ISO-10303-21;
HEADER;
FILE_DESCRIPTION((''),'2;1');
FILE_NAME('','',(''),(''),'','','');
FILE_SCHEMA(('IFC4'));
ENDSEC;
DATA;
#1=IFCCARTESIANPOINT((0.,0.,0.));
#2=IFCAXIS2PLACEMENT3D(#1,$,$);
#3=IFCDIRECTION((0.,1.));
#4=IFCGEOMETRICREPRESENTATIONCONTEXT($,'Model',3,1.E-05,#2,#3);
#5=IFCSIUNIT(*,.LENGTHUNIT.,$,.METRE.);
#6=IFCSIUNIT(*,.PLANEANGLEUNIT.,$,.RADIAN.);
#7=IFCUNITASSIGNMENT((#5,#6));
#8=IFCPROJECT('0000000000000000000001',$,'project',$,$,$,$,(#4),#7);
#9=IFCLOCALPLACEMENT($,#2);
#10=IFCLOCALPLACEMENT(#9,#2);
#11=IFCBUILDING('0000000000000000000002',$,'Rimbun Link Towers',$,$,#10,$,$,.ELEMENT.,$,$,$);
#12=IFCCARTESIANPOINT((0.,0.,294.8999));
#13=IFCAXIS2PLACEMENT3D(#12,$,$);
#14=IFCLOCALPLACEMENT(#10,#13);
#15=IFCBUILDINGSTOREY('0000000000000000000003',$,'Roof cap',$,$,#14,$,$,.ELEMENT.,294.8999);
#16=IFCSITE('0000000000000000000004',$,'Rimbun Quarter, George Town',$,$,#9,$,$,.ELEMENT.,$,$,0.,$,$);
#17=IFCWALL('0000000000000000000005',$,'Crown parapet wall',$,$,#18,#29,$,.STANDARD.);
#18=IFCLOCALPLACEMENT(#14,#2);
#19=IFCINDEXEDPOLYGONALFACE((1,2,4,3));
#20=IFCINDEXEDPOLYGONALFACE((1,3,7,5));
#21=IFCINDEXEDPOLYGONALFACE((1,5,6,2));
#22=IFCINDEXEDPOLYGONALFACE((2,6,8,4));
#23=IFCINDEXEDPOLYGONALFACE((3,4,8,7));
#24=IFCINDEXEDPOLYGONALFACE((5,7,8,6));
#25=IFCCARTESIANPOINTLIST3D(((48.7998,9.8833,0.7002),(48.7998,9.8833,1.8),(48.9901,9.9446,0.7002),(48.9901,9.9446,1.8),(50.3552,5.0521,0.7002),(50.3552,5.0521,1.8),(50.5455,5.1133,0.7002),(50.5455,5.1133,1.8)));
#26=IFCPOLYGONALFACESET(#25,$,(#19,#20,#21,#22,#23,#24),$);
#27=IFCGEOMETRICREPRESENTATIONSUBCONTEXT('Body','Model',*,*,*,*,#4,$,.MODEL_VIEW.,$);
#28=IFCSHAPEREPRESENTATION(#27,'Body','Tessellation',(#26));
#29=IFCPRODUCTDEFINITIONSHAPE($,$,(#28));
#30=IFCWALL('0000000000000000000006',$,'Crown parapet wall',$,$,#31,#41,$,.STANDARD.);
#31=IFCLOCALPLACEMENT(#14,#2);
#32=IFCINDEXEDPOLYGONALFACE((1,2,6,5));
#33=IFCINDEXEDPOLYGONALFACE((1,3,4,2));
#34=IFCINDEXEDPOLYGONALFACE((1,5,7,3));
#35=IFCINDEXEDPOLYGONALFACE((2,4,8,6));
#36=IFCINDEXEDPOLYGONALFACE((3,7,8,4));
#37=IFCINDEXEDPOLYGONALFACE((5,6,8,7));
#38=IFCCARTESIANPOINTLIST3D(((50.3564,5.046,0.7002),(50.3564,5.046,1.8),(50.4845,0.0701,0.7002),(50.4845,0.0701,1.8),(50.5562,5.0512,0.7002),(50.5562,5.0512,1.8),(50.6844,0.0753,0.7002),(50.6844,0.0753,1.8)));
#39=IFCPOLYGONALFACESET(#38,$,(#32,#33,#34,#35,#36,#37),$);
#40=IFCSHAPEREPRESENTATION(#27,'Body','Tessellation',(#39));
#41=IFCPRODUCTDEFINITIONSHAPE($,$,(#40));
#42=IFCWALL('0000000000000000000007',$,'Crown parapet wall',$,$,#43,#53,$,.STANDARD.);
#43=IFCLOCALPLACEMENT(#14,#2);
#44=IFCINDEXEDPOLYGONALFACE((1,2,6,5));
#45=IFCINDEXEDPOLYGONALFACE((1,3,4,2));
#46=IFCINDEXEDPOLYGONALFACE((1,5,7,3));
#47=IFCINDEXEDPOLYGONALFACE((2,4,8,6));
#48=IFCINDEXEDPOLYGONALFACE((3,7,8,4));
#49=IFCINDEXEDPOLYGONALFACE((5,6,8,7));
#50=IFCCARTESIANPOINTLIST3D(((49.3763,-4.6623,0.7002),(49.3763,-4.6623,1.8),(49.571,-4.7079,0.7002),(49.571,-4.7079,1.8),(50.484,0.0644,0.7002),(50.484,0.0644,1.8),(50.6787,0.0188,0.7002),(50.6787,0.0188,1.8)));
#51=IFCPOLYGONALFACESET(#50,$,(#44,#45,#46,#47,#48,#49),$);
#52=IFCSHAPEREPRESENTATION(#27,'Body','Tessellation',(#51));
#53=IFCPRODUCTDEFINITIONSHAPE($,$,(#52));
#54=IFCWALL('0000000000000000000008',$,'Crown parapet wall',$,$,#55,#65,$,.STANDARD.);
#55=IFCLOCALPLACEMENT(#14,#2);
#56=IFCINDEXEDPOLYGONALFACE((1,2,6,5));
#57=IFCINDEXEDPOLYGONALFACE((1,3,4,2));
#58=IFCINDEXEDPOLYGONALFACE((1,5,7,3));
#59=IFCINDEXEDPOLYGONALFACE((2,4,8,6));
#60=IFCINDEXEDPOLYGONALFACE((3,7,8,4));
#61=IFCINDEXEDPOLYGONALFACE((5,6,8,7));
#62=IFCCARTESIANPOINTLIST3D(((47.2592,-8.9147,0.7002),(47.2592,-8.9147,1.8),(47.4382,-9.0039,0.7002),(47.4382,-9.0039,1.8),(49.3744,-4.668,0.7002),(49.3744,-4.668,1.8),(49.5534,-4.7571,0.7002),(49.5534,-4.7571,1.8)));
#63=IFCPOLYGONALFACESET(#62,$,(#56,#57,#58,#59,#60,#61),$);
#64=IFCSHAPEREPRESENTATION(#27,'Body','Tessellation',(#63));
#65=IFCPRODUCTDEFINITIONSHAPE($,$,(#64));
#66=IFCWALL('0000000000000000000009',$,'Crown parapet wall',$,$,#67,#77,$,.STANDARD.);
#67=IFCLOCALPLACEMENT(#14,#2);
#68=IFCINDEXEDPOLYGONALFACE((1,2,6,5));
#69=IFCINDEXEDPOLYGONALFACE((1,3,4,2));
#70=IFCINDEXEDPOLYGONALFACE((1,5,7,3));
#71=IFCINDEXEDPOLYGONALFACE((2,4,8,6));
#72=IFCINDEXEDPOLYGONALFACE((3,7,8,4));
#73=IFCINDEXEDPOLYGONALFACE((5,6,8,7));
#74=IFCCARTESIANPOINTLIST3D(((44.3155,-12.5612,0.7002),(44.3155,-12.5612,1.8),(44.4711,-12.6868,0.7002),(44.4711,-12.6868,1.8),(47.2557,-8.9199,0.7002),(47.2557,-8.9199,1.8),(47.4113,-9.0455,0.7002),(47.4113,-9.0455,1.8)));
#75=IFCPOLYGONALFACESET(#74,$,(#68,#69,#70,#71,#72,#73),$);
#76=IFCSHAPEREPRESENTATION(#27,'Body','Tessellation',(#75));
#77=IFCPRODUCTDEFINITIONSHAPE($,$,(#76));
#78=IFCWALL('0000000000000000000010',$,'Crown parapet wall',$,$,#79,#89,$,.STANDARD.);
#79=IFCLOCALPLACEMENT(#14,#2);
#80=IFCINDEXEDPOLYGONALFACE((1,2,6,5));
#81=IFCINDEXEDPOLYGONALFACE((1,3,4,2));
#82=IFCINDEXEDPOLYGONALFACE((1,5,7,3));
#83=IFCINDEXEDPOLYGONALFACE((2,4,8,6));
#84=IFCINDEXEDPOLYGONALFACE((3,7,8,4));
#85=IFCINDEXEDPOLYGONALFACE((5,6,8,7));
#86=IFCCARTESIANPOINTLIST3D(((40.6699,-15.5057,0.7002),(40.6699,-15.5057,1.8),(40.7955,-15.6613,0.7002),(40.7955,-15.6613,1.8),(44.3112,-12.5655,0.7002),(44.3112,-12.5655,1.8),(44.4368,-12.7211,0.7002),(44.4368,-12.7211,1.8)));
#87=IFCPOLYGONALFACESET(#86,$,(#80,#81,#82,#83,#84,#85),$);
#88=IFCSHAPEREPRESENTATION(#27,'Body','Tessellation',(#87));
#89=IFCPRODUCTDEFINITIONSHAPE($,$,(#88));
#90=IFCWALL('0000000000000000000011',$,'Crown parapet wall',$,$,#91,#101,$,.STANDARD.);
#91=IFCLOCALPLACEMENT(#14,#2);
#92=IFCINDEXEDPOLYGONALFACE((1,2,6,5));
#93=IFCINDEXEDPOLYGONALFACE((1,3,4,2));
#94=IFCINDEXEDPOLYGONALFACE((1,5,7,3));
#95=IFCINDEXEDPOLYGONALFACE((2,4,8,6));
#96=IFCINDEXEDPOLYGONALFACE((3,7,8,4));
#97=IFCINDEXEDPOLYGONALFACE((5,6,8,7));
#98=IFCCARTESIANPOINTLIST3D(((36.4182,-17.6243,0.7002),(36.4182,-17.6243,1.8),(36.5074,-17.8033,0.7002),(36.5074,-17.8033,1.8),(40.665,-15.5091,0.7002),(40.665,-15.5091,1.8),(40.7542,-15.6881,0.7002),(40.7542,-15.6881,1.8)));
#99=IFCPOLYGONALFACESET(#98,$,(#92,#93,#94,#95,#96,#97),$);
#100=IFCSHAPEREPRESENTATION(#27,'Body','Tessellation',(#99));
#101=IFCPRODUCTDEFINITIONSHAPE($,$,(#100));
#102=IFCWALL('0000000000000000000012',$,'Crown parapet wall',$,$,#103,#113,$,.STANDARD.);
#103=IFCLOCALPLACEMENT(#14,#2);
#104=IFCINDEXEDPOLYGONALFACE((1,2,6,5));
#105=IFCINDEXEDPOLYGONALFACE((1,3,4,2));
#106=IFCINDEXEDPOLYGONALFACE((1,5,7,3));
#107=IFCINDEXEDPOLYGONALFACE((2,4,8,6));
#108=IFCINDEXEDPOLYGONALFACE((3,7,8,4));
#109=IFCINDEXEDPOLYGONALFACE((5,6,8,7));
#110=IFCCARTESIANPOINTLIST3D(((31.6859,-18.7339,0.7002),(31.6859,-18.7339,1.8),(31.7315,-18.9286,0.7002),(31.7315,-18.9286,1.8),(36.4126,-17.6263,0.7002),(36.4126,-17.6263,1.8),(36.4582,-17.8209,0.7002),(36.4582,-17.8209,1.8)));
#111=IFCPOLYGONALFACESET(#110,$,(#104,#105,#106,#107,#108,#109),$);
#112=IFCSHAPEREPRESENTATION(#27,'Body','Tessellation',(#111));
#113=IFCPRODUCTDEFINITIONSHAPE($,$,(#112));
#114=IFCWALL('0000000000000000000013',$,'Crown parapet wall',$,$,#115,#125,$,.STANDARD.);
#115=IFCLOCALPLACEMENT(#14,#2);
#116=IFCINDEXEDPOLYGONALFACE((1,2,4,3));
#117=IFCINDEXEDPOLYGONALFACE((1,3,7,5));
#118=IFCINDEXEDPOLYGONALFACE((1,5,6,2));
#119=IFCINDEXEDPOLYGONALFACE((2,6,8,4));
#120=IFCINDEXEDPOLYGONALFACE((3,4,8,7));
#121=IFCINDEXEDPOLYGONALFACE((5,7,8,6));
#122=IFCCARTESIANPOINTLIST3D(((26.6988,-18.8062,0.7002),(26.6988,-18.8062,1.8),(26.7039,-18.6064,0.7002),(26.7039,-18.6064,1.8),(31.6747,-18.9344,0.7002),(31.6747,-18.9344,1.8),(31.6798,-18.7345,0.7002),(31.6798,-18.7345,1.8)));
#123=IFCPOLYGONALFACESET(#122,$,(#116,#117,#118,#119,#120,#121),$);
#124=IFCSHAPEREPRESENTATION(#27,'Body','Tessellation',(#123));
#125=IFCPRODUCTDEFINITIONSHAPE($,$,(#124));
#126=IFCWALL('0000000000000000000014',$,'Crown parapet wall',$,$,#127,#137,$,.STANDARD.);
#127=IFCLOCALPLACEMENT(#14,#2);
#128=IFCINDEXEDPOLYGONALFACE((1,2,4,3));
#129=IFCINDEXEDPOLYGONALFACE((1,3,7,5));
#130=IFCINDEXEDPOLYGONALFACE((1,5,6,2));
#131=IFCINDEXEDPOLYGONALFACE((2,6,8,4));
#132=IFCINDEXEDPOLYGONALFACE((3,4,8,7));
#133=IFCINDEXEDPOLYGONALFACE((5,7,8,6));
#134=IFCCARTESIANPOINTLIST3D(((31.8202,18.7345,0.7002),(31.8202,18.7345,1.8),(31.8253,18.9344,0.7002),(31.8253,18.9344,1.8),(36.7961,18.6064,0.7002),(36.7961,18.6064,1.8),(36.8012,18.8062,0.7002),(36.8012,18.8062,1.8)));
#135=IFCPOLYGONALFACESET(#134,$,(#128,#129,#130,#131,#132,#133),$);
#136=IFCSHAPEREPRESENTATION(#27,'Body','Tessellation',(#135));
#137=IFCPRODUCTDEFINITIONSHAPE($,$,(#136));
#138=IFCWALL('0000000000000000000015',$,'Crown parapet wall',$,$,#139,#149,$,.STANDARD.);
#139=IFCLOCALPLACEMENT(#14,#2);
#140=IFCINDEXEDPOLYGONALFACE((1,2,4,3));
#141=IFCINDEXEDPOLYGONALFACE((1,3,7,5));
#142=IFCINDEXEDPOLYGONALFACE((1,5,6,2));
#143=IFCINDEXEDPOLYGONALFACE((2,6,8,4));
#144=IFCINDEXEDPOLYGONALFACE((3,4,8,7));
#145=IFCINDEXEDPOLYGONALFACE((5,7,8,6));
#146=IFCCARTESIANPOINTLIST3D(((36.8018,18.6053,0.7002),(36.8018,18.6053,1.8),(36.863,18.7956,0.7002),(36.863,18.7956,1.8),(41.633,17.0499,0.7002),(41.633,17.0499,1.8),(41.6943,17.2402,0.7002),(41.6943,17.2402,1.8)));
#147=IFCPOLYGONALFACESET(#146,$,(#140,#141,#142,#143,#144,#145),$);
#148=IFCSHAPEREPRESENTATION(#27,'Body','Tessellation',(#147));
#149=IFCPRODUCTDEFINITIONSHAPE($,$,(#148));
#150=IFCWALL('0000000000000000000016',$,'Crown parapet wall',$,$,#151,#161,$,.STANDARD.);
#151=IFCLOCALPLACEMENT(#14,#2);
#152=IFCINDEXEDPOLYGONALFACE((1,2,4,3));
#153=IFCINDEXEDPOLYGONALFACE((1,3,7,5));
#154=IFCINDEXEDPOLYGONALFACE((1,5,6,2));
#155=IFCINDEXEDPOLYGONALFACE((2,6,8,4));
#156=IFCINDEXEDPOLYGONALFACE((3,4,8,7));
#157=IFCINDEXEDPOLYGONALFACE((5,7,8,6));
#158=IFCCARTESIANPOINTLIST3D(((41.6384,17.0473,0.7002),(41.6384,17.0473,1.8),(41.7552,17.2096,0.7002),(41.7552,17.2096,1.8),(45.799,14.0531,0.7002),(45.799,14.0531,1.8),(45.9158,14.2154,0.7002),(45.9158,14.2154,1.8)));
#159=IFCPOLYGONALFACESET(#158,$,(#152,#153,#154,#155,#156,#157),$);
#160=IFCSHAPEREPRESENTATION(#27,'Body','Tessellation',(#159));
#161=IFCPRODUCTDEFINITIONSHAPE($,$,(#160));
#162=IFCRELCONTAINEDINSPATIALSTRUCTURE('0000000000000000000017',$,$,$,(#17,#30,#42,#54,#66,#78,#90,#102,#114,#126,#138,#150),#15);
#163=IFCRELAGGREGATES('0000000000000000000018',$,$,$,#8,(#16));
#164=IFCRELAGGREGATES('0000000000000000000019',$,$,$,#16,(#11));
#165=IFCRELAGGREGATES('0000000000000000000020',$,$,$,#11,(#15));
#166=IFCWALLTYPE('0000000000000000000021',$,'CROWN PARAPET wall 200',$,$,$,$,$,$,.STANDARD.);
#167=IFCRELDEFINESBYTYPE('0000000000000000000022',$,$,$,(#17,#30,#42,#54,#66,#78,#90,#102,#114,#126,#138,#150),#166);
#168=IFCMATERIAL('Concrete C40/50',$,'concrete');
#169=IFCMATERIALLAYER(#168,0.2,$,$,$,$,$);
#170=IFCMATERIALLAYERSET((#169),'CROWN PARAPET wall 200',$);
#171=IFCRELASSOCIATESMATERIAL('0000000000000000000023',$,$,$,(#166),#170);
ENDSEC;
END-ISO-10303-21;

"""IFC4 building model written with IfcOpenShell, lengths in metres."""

from ifc_helpers import new_model, si_unit, direction, frame, frame_2d, origin, place, context, subcontext, project, spatial, rectangle, extrude, material, layer, layer_set, type_object, element, save


model = new_model("IFC4")

# Units and contexts
model_context = context("Model", 3, precision=1e-05, world=origin(), true_north=direction((0.0, 1.0)))
body_context = subcontext(model_context, "Body", "Model", "MODEL_VIEW")
ifc_project = project(units=[si_unit("LENGTHUNIT", "METRE"), si_unit("PLANEANGLEUNIT", "RADIAN")], contexts=[model_context])

# Site, building, storey
site_placement = place(None, origin())
site = spatial("IfcSite", under=ifc_project, at=site_placement, Name="Rimbun Quarter, George Town", CompositionType="ELEMENT", RefElevation=0.0)
building_placement = place(site_placement, origin())
building = spatial("IfcBuilding", under=site, at=building_placement, Name="Rimbun Link Towers", CompositionType="ELEMENT")
storey_placement = place(building_placement, frame((0.0, 0.0, 294.8999)))
storey = spatial("IfcBuildingStorey", under=building, at=storey_placement, Name="Roof cap", CompositionType="ELEMENT", Elevation=294.8999)

# Walls
ifc_material_1 = material(Name="Concrete C40/50", Category="concrete")
ifc_layer = layer(ifc_material_1, 0.2)
ifc_layer_set = layer_set([ifc_layer], Name="CROWN PARAPET wall 200")
wall_type = type_object("IfcWallType", Name="CROWN PARAPET wall 200", PredefinedType="STANDARD", material=ifc_layer_set)
wall_1_placement = place(storey_placement, frame((48.895, 9.9138, 0.7002), z_axis=(0.0, 0.0, 1.0), x_axis=(0.306456, -0.951885, 0.0)))
element("IfcWall", 1, at=wall_1_placement, inside=storey, type_object=wall_type, Name="Crown parapet wall", PredefinedType="STANDARD", context=body_context, shape_type="SweptSolid", body=[
    extrude(rectangle(XDim=5.0754, YDim=0.2, at=frame_2d((2.5376, 0.0))), origin(), (0.0, 0.0, 1.0), 1.0999),
])
wall_2_placement = place(storey_placement, frame((50.4563, 5.0486, 0.7002), z_axis=(0.0, 0.0, 1.0), x_axis=(0.025751, -0.999668, 0.0)))
element("IfcWall", 2, at=wall_2_placement, inside=storey, type_object=wall_type, Name="Crown parapet wall", PredefinedType="STANDARD", context=body_context, shape_type="SweptSolid", body=[
    extrude(rectangle(XDim=4.9775, YDim=0.2, at=frame_2d((2.4888, 0.0))), origin(), (0.0, 0.0, 1.0), 1.0999),
])
wall_3_placement = place(storey_placement, frame((50.5813, 0.0415, 0.7002), z_axis=(0.0, 0.0, 1.0), x_axis=(-0.228156, -0.973625, 0.0)))
element("IfcWall", 3, at=wall_3_placement, inside=storey, type_object=wall_type, Name="Crown parapet wall", PredefinedType="STANDARD", context=body_context, shape_type="SweptSolid", body=[
    extrude(rectangle(XDim=4.8547, YDim=0.2, at=frame_2d((2.4272, 0.0))), origin(), (0.0, 0.0, 1.0), 1.0999),
])
wall_4_placement = place(storey_placement, frame((49.4639, -4.7126, 0.7002), z_axis=(0.0, 0.0, 1.0), x_axis=(-0.445834, -0.895116, 0.0)))
element("IfcWall", 4, at=wall_4_placement, inside=storey, type_object=wall_type, Name="Crown parapet wall", PredefinedType="STANDARD", context=body_context, shape_type="SweptSolid", body=[
    extrude(rectangle(XDim=4.7444, YDim=0.2, at=frame_2d((2.3721, 0.0))), origin(), (0.0, 0.0, 1.0), 1.0999),
])
for number, where, z_axis, x_axis, name in (
    (5, (47.3335, -8.9827, 0.7002), (0.0, 0.0, 1.0), (-0.628219, -0.778036, 0.0), "Crown parapet wall"),
    (6, (44.374, -12.6433, 0.7002), (0.0, 0.0, 1.0), (-0.778036, -0.628219, 0.0), "Crown parapet wall"),
):
    element("IfcWall", number, at=place(storey_placement, frame(where, z_axis=z_axis, x_axis=x_axis)), inside=storey, type_object=wall_type, Name=name, PredefinedType="STANDARD", context=body_context, shape_type="SweptSolid", body=[
        extrude(rectangle(XDim=4.6802, YDim=0.2, at=frame_2d((2.3401, 0.0))), origin(), (0.0, 0.0, 1.0), 1.0999),
    ])
wall_5_placement = place(storey_placement, frame((40.7095, -15.5986, 0.7002), z_axis=(0.0, 0.0, 1.0), x_axis=(-0.895116, -0.445834, 0.0)))
element("IfcWall", 7, at=wall_5_placement, inside=storey, type_object=wall_type, Name="Crown parapet wall", PredefinedType="STANDARD", context=body_context, shape_type="SweptSolid", body=[
    extrude(rectangle(XDim=4.7444, YDim=0.2, at=frame_2d((2.3721, 0.0))), origin(), (0.0, 0.0, 1.0), 1.0999),
])
wall_6_placement = place(storey_placement, frame((36.4353, -17.7236, 0.7002), z_axis=(0.0, 0.0, 1.0), x_axis=(-0.973625, -0.228156, 0.0)))
element("IfcWall", 8, at=wall_6_placement, inside=storey, type_object=wall_type, Name="Crown parapet wall", PredefinedType="STANDARD", context=body_context, shape_type="SweptSolid", body=[
    extrude(rectangle(XDim=4.8547, YDim=0.2, at=frame_2d((2.4272, 0.0))), origin(), (0.0, 0.0, 1.0), 1.0999),
])
for number, where, z_axis, x_axis, name in (
    (9, (31.6772, -18.8345, 0.7002), (0.0, 0.0, 1.0), (-0.999668, 0.025751, 0.0), "Crown parapet wall"),
    (10, (31.8228, 18.8345, 0.7002), (0.0, 0.0, 1.0), (0.999668, -0.025751, 0.0), "Crown parapet wall"),
):
    element("IfcWall", number, at=place(storey_placement, frame(where, z_axis=z_axis, x_axis=x_axis)), inside=storey, type_object=wall_type, Name=name, PredefinedType="STANDARD", context=body_context, shape_type="SweptSolid", body=[
        extrude(rectangle(XDim=4.9775, YDim=0.2, at=frame_2d((2.4888, 0.0))), origin(), (0.0, 0.0, 1.0), 1.0999),
    ])
wall_7_placement = place(storey_placement, frame((36.8325, 18.7004, 0.7002), z_axis=(0.0, 0.0, 1.0), x_axis=(0.951885, -0.306456, 0.0)))
element("IfcWall", 11, at=wall_7_placement, inside=storey, type_object=wall_type, Name="Crown parapet wall", PredefinedType="STANDARD", context=body_context, shape_type="SweptSolid", body=[
    extrude(rectangle(XDim=5.0754, YDim=0.2, at=frame_2d((2.5376, 0.0))), origin(), (0.0, 0.0, 1.0), 1.0999),
])
wall_8_placement = place(storey_placement, frame((41.6968, 17.1284, 0.7002), z_axis=(0.0, 0.0, 1.0), x_axis=(0.811675, -0.584109, 0.0)))
element("IfcWall", 12, at=wall_8_placement, inside=storey, type_object=wall_type, Name="Crown parapet wall", PredefinedType="STANDARD", context=body_context, shape_type="SweptSolid", body=[
    extrude(rectangle(XDim=5.126, YDim=0.2, at=frame_2d((2.563, 0.0))), origin(), (0.0, 0.0, 1.0), 1.0999),
])

save(model, "model.ifc")
